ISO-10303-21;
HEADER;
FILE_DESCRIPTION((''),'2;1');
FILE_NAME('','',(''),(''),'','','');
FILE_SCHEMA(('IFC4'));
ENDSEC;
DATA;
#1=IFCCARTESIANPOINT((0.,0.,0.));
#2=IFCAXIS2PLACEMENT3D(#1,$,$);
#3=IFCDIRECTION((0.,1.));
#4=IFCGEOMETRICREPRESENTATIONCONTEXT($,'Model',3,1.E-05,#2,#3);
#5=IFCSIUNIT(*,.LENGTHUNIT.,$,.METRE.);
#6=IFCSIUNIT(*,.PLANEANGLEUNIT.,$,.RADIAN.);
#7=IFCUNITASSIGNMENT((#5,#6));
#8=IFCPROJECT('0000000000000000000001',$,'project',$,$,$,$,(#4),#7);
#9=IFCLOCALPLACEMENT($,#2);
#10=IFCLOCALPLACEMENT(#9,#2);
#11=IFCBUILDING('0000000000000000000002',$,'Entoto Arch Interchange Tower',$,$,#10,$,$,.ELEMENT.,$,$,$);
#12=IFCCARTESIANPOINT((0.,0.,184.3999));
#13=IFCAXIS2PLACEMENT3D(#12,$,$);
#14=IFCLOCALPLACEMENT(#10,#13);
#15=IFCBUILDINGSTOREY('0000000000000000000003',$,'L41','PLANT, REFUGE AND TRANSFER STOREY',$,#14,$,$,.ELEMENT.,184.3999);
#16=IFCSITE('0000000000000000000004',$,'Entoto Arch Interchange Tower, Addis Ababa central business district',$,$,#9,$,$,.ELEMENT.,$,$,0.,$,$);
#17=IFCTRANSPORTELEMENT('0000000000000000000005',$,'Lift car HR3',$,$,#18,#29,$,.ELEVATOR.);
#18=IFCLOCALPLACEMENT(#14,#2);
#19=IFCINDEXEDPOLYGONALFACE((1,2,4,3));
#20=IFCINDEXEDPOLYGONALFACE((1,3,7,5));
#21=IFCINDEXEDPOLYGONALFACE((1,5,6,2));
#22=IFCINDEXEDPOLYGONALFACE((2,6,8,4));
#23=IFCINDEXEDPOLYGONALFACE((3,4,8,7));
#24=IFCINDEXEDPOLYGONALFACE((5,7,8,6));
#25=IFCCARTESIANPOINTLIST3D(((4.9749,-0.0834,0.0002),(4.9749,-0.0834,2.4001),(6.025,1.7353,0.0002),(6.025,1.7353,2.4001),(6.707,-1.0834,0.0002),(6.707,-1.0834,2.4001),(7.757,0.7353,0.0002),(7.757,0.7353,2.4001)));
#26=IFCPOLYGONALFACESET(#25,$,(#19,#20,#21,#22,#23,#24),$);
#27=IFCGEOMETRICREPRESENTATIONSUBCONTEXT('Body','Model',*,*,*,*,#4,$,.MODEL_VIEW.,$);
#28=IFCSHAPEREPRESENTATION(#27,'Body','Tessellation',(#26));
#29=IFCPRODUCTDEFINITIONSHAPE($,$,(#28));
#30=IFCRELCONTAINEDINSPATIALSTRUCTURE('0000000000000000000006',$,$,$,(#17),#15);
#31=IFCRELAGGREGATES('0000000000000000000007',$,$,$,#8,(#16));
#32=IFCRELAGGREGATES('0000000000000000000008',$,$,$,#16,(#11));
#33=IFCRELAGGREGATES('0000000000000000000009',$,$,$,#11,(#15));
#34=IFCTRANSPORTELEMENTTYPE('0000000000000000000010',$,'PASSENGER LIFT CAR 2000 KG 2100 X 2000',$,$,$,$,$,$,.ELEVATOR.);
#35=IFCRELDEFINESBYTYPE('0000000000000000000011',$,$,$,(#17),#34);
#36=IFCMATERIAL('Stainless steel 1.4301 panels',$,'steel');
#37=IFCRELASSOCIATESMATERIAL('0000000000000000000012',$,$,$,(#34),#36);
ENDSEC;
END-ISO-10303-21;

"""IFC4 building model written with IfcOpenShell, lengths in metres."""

from ifc_helpers import new_model, si_unit, direction, frame, origin, origin_2d, place, context, subcontext, project, spatial, rectangle, extrude, material, type_object, element, save


model = new_model("IFC4")

# Units and contexts
model_context = context("Model", 3, precision=1e-05, world=origin(), true_north=direction((0.0, 1.0)))
body_context = subcontext(model_context, "Body", "Model", "MODEL_VIEW")
ifc_project = project(units=[si_unit("LENGTHUNIT", "METRE"), si_unit("PLANEANGLEUNIT", "RADIAN")], contexts=[model_context])

# Site, building, storey
site_placement = place(None, origin())
site = spatial("IfcSite", under=ifc_project, at=site_placement, Name="Entoto Arch Interchange Tower, Addis Ababa central business district", CompositionType="ELEMENT", RefElevation=0.0)
building_placement = place(site_placement, origin())
building = spatial("IfcBuilding", under=site, at=building_placement, Name="Entoto Arch Interchange Tower", CompositionType="ELEMENT")
storey_placement = place(building_placement, frame((0.0, 0.0, 184.3999)))
storey = spatial("IfcBuildingStorey", under=building, at=storey_placement, Name="L41", Description="PLANT, REFUGE AND TRANSFER STOREY", CompositionType="ELEMENT", Elevation=184.3999)

# Transport element
ifc_material_1 = material(Name="Stainless steel 1.4301 panels", Category="steel")
transport_element_type = type_object("IfcTransportElementType", Name="PASSENGER LIFT CAR 2000 KG 2100 X 2000", PredefinedType="ELEVATOR", material=ifc_material_1)
transport_element_placement = place(storey_placement, frame((6.366, 0.3259, 0.0002), z_axis=(0.0, 0.0, 1.0), x_axis=(-0.5, -0.866025, 0.0)))
element("IfcTransportElement", 1, at=transport_element_placement, inside=storey, type_object=transport_element_type, Name="Lift car HR3", PredefinedType="ELEVATOR", context=body_context, shape_type="SweptSolid", body=[
    extrude(rectangle(XDim=2.1001, YDim=2.0, at=origin_2d()), origin(), (0.0, 0.0, 1.0), 2.3999),
])

save(model, "model.ifc")
